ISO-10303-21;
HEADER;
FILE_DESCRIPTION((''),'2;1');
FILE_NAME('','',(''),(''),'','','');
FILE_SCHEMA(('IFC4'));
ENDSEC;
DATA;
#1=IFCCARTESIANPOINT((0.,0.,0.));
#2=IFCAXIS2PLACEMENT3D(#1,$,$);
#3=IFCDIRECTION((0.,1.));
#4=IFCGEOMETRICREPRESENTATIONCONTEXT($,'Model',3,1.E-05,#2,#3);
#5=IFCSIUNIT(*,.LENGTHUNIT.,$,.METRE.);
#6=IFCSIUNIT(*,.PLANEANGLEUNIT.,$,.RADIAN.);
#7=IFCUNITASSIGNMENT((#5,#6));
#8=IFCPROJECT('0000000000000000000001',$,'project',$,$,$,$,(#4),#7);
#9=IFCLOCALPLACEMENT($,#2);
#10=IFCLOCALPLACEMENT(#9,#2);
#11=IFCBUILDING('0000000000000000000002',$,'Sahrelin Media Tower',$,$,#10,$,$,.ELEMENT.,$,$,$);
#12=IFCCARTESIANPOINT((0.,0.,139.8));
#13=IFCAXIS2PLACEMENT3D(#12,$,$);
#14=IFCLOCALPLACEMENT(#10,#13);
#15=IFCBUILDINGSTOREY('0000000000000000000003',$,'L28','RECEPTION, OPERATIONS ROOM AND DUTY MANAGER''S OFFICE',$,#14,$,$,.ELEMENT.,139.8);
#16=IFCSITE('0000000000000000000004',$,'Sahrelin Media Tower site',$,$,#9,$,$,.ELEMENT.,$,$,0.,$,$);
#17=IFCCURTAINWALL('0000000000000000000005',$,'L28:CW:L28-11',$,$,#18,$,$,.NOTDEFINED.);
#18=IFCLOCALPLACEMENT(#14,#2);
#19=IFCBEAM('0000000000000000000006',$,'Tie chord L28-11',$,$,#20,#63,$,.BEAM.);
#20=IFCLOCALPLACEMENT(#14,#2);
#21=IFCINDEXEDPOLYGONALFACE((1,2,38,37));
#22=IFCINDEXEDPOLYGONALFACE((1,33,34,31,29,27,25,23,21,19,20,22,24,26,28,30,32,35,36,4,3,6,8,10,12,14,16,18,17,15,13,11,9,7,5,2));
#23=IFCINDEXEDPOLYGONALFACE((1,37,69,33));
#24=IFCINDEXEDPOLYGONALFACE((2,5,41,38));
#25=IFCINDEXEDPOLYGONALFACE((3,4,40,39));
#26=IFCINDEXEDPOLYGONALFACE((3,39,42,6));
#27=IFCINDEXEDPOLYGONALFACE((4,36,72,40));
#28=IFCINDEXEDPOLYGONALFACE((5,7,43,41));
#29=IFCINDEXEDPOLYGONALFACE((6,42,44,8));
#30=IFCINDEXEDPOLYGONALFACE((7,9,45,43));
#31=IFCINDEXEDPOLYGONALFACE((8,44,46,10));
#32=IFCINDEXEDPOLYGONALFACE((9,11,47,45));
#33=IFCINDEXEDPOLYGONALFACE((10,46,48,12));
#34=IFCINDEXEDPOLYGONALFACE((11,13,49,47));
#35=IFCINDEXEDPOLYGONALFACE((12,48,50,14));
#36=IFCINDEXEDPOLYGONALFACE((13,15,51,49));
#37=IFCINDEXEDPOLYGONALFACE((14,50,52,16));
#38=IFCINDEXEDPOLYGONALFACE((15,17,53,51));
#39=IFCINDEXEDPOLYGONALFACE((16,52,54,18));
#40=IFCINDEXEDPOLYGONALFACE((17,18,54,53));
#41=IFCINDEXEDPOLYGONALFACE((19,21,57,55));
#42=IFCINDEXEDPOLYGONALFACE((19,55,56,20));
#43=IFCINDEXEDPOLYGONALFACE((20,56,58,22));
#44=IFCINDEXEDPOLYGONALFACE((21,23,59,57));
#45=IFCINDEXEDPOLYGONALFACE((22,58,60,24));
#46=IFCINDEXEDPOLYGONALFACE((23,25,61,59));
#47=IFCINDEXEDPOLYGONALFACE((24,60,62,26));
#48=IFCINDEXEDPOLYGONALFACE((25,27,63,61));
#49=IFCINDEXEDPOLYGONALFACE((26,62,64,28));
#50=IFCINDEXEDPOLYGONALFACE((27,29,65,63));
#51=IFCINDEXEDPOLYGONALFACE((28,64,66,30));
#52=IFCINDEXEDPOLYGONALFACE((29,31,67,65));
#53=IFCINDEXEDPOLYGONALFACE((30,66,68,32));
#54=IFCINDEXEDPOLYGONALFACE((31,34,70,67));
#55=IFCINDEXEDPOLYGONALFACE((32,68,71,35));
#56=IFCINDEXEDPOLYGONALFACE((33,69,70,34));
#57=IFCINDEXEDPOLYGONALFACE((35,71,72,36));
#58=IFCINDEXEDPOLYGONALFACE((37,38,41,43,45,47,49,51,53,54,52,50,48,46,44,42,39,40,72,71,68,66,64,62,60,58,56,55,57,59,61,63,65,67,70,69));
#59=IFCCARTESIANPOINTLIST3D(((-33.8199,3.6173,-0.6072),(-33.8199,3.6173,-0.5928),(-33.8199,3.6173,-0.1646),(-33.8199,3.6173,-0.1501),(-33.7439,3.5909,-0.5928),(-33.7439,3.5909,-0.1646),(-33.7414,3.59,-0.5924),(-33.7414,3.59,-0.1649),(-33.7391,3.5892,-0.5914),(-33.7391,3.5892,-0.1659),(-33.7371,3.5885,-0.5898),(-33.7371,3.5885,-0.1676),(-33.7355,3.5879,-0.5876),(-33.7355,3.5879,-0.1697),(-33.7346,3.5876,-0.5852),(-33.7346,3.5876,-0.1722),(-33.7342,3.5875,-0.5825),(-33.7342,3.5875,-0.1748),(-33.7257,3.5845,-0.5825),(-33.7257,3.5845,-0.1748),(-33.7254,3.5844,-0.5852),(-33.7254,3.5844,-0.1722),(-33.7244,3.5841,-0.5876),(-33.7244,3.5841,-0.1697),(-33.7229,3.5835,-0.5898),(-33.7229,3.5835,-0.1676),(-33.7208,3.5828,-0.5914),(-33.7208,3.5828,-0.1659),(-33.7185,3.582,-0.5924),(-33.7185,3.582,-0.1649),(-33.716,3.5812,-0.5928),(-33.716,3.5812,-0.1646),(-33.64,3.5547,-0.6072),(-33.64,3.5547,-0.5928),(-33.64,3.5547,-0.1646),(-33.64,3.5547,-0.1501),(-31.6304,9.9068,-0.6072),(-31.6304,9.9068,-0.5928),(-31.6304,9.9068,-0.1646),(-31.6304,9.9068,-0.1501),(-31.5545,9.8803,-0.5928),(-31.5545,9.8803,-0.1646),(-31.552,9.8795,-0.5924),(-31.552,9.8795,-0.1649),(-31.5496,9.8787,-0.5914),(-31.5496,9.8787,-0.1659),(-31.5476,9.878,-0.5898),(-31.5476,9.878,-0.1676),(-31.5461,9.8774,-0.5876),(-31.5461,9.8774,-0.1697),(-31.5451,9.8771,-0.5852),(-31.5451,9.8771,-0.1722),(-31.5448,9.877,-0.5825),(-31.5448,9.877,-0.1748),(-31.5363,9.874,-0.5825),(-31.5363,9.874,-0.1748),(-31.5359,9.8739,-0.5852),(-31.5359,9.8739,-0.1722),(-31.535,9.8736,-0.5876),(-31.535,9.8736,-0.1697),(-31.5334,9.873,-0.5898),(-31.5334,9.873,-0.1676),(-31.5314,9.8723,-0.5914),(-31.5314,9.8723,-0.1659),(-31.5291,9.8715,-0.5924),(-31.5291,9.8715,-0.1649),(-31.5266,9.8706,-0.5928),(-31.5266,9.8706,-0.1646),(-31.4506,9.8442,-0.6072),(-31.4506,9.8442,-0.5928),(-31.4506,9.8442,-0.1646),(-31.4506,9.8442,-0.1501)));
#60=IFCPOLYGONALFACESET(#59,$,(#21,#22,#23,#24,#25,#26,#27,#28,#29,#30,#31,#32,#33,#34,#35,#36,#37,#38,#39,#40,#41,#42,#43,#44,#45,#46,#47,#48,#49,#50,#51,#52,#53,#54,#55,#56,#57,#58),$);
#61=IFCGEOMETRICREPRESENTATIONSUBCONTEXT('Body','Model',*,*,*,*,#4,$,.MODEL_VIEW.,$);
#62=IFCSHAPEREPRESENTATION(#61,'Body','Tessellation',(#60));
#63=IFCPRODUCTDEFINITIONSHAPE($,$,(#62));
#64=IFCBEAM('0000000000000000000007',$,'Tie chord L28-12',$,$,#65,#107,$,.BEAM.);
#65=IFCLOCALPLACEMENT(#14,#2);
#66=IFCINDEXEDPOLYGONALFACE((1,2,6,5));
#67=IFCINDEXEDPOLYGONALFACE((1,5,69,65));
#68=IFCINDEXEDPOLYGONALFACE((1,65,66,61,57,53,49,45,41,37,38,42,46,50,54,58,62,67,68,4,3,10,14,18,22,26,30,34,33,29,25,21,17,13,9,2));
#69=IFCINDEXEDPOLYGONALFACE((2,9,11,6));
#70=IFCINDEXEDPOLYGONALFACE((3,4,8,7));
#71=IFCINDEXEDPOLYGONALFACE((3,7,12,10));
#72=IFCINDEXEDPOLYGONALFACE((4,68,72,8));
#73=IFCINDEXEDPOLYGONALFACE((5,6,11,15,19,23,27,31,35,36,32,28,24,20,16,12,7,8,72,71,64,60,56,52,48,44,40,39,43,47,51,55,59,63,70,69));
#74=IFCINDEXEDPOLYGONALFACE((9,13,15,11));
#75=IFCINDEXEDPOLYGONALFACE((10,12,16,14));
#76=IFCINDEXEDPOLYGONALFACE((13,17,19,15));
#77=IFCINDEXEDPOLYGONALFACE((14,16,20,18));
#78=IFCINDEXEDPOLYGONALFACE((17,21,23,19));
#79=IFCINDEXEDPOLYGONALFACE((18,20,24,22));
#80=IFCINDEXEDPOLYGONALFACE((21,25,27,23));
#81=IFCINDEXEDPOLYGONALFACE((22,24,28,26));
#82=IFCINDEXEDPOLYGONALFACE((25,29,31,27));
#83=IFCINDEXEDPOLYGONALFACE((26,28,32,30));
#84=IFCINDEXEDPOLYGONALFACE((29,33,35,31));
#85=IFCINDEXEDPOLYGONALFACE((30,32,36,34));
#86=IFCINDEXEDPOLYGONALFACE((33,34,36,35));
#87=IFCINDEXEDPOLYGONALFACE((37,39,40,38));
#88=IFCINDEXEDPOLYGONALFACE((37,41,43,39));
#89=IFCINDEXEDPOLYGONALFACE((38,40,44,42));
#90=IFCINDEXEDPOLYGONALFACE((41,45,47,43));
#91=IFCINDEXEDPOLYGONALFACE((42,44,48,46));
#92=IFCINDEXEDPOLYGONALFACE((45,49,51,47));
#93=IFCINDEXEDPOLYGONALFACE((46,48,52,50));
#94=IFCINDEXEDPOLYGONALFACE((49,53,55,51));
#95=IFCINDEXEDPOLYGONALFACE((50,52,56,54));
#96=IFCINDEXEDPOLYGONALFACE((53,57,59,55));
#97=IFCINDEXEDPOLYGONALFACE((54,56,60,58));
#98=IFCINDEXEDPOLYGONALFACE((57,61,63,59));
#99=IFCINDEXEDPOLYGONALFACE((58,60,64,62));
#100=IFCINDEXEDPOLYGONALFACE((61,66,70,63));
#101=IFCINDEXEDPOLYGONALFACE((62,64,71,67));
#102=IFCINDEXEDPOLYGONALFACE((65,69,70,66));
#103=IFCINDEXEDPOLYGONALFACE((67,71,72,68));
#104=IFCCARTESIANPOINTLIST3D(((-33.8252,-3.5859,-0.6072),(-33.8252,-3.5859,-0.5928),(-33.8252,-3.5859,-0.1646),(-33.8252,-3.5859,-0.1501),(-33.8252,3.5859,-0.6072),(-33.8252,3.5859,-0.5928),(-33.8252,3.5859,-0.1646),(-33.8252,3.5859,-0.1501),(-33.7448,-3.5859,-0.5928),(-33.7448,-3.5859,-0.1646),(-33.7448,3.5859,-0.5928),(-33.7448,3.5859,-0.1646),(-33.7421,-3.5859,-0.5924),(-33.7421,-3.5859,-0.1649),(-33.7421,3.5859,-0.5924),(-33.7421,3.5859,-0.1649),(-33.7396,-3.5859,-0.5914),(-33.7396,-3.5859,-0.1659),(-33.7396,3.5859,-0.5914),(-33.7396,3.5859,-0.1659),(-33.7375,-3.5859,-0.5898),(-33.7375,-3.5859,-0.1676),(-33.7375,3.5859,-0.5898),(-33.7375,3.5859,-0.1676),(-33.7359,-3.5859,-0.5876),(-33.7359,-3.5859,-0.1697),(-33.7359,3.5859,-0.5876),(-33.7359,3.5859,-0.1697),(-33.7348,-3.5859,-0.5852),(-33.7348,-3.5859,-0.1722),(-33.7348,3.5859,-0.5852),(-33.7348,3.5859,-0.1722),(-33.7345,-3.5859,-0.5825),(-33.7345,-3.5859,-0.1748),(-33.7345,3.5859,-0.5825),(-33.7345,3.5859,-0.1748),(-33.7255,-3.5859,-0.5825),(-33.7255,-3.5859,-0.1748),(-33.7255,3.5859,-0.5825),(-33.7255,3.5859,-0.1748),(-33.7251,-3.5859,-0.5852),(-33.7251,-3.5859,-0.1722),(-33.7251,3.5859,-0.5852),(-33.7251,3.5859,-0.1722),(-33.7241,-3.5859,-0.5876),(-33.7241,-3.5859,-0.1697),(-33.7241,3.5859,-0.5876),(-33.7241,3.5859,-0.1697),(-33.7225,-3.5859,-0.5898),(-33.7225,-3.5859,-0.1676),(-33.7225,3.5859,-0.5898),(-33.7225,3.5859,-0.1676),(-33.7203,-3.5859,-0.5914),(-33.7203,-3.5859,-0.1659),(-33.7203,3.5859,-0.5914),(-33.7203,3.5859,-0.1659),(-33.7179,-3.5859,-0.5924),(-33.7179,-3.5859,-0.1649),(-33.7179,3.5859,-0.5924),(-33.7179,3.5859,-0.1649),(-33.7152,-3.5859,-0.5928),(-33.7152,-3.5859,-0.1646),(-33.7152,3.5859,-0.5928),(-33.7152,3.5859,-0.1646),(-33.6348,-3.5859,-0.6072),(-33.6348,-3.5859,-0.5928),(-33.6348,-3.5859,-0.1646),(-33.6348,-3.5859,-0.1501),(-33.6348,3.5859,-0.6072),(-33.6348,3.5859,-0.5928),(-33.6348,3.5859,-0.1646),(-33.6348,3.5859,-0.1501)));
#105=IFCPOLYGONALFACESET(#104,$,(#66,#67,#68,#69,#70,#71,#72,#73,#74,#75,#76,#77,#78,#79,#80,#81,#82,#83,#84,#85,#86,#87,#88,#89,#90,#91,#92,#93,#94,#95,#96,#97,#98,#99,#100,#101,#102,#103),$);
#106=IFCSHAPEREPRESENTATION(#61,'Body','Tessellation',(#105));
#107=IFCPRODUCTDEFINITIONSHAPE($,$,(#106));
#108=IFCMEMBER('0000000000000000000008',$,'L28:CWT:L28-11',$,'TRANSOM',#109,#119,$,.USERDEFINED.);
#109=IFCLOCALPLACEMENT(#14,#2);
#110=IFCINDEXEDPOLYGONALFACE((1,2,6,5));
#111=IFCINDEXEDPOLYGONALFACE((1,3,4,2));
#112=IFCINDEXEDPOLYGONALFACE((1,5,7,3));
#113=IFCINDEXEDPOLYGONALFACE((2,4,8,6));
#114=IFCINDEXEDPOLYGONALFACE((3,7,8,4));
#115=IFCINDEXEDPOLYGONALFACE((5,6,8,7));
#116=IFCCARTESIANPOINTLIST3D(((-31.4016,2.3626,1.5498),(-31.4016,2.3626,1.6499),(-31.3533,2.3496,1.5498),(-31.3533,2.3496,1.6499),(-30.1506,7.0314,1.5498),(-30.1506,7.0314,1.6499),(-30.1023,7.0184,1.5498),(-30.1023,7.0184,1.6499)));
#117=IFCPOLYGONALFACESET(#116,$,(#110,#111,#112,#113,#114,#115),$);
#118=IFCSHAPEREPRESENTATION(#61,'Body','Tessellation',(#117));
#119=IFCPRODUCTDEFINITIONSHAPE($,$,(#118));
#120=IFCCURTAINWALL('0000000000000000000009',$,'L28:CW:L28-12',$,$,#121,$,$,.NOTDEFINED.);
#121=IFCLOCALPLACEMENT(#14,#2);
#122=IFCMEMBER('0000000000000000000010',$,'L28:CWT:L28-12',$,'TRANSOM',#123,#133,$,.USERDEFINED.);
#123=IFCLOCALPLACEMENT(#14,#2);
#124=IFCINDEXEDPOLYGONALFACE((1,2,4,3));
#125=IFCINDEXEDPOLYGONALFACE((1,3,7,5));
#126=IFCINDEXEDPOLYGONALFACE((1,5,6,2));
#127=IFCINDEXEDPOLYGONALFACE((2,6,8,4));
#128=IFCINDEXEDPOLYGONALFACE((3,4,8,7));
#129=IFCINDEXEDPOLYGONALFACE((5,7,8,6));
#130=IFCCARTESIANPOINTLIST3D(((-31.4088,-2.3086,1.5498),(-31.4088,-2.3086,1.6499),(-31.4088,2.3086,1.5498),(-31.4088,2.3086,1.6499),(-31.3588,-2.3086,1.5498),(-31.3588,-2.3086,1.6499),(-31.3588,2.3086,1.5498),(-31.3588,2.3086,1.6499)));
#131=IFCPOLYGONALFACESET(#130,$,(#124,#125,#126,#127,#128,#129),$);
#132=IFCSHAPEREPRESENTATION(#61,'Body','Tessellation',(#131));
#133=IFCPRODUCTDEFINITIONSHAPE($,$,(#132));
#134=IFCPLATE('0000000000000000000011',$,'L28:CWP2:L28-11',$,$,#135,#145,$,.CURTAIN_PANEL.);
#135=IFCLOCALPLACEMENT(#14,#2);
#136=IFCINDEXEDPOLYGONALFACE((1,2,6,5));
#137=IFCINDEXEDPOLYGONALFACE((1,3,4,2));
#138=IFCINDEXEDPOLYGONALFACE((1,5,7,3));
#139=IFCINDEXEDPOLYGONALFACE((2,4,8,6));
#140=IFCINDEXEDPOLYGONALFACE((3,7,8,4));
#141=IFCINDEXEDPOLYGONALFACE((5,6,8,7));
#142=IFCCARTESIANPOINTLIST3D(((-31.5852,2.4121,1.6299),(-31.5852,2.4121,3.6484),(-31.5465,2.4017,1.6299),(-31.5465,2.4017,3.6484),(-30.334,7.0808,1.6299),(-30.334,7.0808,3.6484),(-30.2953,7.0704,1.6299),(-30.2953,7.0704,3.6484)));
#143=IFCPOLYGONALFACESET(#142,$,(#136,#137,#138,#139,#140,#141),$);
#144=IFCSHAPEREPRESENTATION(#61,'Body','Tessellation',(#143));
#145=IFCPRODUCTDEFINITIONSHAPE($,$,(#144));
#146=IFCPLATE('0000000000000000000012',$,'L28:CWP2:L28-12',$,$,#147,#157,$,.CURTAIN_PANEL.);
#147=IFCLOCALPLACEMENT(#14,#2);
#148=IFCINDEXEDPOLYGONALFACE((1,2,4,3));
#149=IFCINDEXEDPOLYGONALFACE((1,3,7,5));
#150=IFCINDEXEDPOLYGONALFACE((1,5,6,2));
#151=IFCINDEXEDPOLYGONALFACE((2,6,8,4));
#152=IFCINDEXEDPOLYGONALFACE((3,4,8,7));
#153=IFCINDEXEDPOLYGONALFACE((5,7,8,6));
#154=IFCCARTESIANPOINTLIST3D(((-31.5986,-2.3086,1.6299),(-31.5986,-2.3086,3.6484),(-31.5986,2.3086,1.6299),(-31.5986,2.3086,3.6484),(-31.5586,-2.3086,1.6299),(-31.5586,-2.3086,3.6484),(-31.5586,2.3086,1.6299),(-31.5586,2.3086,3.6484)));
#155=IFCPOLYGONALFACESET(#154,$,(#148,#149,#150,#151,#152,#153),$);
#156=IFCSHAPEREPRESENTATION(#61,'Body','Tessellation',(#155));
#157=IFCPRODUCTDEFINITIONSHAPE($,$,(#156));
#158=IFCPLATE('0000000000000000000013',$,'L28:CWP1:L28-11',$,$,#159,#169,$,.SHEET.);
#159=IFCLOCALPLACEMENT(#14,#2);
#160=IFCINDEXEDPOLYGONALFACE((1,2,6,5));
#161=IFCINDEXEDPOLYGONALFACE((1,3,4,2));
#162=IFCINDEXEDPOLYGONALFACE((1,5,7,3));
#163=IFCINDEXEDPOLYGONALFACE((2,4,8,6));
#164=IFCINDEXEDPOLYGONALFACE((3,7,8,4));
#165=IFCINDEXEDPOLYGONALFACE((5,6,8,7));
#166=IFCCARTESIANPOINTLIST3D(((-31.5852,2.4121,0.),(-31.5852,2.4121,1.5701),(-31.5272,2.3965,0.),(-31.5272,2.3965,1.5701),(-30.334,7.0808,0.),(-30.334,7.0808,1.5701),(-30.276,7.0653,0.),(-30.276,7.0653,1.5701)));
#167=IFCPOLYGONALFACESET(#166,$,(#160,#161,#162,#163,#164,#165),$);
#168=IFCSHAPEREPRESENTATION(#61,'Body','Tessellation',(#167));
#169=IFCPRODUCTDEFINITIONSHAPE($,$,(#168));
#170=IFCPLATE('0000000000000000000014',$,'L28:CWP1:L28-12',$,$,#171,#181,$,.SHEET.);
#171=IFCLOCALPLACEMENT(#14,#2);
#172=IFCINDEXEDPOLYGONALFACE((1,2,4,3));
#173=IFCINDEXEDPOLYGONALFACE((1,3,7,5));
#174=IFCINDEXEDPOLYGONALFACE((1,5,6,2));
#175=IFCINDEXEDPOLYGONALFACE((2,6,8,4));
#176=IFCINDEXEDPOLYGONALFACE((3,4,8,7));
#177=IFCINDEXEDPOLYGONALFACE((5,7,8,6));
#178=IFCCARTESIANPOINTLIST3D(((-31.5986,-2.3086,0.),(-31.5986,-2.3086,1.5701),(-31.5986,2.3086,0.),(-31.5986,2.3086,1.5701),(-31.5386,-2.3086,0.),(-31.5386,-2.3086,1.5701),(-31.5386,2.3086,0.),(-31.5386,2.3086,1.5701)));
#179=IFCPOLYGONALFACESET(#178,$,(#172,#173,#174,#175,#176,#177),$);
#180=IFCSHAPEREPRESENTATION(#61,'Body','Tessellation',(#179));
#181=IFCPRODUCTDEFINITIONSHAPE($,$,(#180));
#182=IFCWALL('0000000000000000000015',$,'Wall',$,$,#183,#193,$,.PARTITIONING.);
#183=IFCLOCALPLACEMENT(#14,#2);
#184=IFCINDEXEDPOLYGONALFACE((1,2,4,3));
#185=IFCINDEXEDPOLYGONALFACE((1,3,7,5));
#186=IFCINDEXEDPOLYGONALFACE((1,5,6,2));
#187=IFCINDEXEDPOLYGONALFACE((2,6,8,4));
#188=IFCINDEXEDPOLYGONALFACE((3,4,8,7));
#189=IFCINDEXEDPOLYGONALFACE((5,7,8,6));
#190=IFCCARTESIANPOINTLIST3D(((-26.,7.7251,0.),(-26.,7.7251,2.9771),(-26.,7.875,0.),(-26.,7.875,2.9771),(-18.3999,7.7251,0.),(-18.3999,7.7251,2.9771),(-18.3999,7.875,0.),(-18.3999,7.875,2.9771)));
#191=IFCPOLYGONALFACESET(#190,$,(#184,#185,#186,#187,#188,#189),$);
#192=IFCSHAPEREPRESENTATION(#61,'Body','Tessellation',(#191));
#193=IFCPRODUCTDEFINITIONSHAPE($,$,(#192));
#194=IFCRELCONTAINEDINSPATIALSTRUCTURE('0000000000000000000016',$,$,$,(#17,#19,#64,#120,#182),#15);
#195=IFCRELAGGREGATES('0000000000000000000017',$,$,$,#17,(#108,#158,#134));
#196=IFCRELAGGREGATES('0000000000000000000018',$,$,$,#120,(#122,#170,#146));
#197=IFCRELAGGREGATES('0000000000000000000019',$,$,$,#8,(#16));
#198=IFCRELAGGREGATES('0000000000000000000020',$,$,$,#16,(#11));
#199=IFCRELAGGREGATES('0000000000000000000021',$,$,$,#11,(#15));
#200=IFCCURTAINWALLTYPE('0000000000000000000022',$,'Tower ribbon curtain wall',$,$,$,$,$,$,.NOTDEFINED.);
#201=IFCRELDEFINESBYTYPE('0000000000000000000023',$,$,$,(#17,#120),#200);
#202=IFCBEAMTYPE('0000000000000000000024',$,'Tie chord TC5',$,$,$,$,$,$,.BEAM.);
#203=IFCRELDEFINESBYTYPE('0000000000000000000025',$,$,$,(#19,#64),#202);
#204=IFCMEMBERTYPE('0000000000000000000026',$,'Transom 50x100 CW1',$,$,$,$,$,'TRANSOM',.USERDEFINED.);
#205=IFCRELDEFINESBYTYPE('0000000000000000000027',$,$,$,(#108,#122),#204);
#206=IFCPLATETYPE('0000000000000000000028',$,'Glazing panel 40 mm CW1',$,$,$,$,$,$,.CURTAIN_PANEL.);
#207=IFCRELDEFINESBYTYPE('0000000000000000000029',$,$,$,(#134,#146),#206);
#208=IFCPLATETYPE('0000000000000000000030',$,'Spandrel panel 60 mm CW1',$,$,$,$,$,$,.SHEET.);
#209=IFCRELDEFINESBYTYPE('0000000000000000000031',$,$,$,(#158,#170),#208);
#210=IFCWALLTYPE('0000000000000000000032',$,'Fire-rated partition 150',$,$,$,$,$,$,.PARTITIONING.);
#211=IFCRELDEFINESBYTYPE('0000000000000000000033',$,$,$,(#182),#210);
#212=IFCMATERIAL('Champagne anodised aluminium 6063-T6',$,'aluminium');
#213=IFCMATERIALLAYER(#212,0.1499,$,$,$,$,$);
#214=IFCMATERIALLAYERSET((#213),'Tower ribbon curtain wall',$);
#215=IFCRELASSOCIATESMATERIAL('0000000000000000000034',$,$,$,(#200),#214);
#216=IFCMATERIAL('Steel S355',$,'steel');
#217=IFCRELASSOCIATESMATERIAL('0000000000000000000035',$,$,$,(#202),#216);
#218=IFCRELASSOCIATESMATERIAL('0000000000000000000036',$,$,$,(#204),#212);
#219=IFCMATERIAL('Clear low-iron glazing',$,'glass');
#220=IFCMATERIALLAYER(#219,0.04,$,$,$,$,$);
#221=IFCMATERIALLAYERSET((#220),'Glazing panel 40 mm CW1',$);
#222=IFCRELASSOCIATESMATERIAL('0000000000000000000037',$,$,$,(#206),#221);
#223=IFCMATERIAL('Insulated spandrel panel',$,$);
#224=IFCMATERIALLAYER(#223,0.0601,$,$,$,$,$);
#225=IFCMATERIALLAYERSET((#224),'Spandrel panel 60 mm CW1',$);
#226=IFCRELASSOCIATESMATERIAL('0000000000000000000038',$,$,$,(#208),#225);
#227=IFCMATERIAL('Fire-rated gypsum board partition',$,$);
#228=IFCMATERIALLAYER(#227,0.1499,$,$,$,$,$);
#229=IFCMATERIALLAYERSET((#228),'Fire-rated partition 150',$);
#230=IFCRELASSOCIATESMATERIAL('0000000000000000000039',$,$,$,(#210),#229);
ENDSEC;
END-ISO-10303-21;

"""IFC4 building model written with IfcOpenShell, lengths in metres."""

from ifc_helpers import new_model, si_unit, direction, frame, frame_2d, origin, origin_2d, place, context, subcontext, project, spatial, polyline, rectangle, i_section, outline, extrude, material, layer, layer_set, material_profile, profile_set, type_object, element, aggregate, save


model = new_model("IFC4")

# Units and contexts
model_context = context("Model", 3, precision=1e-05, world=origin(), true_north=direction((0.0, 1.0)))
body_context = subcontext(model_context, "Body", "Model", "MODEL_VIEW")
ifc_project = project(units=[si_unit("LENGTHUNIT", "METRE"), si_unit("PLANEANGLEUNIT", "RADIAN")], contexts=[model_context])

# Site, building, storey
site_placement = place(None, origin())
site = spatial("IfcSite", under=ifc_project, at=site_placement, Name="Sahrelin Media Tower site", CompositionType="ELEMENT", RefElevation=0.0)
building_placement = place(site_placement, origin())
building = spatial("IfcBuilding", under=site, at=building_placement, Name="Sahrelin Media Tower", CompositionType="ELEMENT")
storey_placement = place(building_placement, frame((0.0, 0.0, 139.8)))
storey = spatial("IfcBuildingStorey", under=building, at=storey_placement, Name="L28", Description="RECEPTION, OPERATIONS ROOM AND DUTY MANAGER'S OFFICE", CompositionType="ELEMENT", Elevation=139.8)

# Shared definitions
ifc_material_1 = material(Name="Steel S355", Category="steel")

# Curtain wall
ifc_material_2 = material(Name="Champagne anodised aluminium 6063-T6", Category="aluminium")
ifc_layer_1 = layer(ifc_material_2, 0.1499)
ifc_layer_set_1 = layer_set([ifc_layer_1], Name="Tower ribbon curtain wall")
curtain_wall_type = type_object("IfcCurtainWallType", Name="Tower ribbon curtain wall", PredefinedType="NOTDEFINED", material=ifc_layer_set_1)
curtain_wall_1_placement = place(storey_placement, frame((-30.9402, 4.7412, 0.0), z_axis=(0.0, 0.0, 1.0), x_axis=(1.0, 0.0, 0.0)))
curtain_wall_1 = element("IfcCurtainWall", 1, at=curtain_wall_1_placement, inside=storey, type_object=curtain_wall_type, Name="L28:CW:L28-11", PredefinedType="NOTDEFINED")

# Beams
ifc_material_profile_1 = material_profile(ifc_material_1, i_section(OverallWidth=0.1904, OverallDepth=0.457, WebThickness=0.009, FlangeThickness=0.0144, FilletRadius=0.0103, at=origin_2d()), Name="UB 457x191x74")
ifc_profile_set_1 = profile_set([ifc_material_profile_1], Name="Steel S355")
beam_type_1 = type_object("IfcBeamType", Name="Tie chord TC5", PredefinedType="BEAM", material=ifc_profile_set_1)
beam_1_placement = place(storey_placement, frame((-31.5405, 9.8755, -0.3787), z_axis=(-0.328759, -0.944414, 0.0), x_axis=(0.944414, -0.328759, 0.0)))
element("IfcBeam", 2, at=beam_1_placement, inside=storey, type_object=beam_type_1, Name="Tie chord L28-11", PredefinedType="BEAM", context=body_context, shape_type="SweptSolid", body=[
    extrude(i_section(OverallWidth=0.1904, OverallDepth=0.457, WebThickness=0.009, FlangeThickness=0.0144, FilletRadius=0.0103, at=origin_2d()), origin(), (0.0, 0.0, 1.0), 6.6597),
])
beam_2_placement = place(storey_placement, frame((-33.73, 3.5859, -0.3787), z_axis=(0.0, -1.0, 0.0), x_axis=(1.0, 0.0, 0.0)))
element("IfcBeam", 3, at=beam_2_placement, inside=storey, type_object=beam_type_1, Name="Tie chord L28-12", PredefinedType="BEAM", context=body_context, shape_type="SweptSolid", body=[
    extrude(i_section(OverallWidth=0.1904, OverallDepth=0.457, WebThickness=0.009, FlangeThickness=0.0144, FilletRadius=0.0103, at=origin_2d()), origin(), (0.0, 0.0, 1.0), 7.1719),
])

# Member
ifc_material_profile_2 = material_profile(ifc_material_2, rectangle(XDim=0.05, YDim=0.1001, at=origin_2d()), Name="Transom 50x100")
ifc_profile_set_2 = profile_set([ifc_material_profile_2], Name="Champagne anodised aluminium 6063-T6")
member_type_1 = type_object("IfcMemberType", Name="Transom 50x100 CW1", ElementType="TRANSOM", PredefinedType="USERDEFINED", material=ifc_profile_set_2)
member_1_placement = place(storey_placement, frame((-30.1265, 7.0249, 1.5999), z_axis=(-0.258819, -0.965926, 0.0), x_axis=(0.965926, -0.258819, 0.0)))
member_1 = element("IfcMember", 4, at=member_1_placement, type_object=member_type_1, Name="L28:CWT:L28-11", ObjectType="TRANSOM", PredefinedType="USERDEFINED", context=body_context, shape_type="SweptSolid", body=[
    extrude(rectangle(XDim=0.05, YDim=0.1001, at=origin_2d()), origin(), (0.0, 0.0, 1.0), 4.8335),
])

# Curtain wall, member
curtain_wall_2_placement = place(storey_placement, frame((-31.5786, 0.0, 0.0), z_axis=(0.0, 0.0, 1.0), x_axis=(1.0, 0.0, 0.0)))
curtain_wall_2 = element("IfcCurtainWall", 5, at=curtain_wall_2_placement, inside=storey, type_object=curtain_wall_type, Name="L28:CW:L28-12", PredefinedType="NOTDEFINED")
member_2_placement = place(storey_placement, frame((-31.3838, 2.3086, 1.5999), z_axis=(0.0, -1.0, 0.0), x_axis=(1.0, 0.0, 0.0)))
member_2 = element("IfcMember", 6, at=member_2_placement, type_object=member_type_1, Name="L28:CWT:L28-12", ObjectType="TRANSOM", PredefinedType="USERDEFINED", context=body_context, shape_type="SweptSolid", body=[
    extrude(rectangle(XDim=0.05, YDim=0.1001, at=origin_2d()), origin(), (0.0, 0.0, 1.0), 4.6172),
])

# Plates
ifc_material_3 = material(Name="Clear low-iron glazing", Category="glass")
ifc_layer_2 = layer(ifc_material_3, 0.04)
ifc_layer_set_2 = layer_set([ifc_layer_2], Name="Glazing panel 40 mm CW1")
plate_type_1 = type_object("IfcPlateType", Name="Glazing panel 40 mm CW1", PredefinedType="CURTAIN_PANEL", material=ifc_layer_set_2)
plate_1_placement = place(storey_placement, frame((-30.334, 7.0808, 1.6299), z_axis=(-0.965913, 0.258867, 0.0), x_axis=(-0.258867, -0.965913, 0.0)))
plate_1 = element("IfcPlate", 7, at=plate_1_placement, type_object=plate_type_1, Name="L28:CWP2:L28-11", PredefinedType="CURTAIN_PANEL", context=body_context, shape_type="SweptSolid", body=[
    extrude(outline(polyline([(0.0, 0.0), (4.8335, 0.0), (4.8335, 2.0186), (0.0, 2.0186), (0.0, 0.0)])), origin(), (0.0, 0.0, -1.0), 0.04),
])
plate_2_placement = place(storey_placement, frame((-31.5986, 2.3086, 1.6299), z_axis=(-1.0, 0.0, 0.0), x_axis=(0.0, -1.0, 0.0)))
plate_2 = element("IfcPlate", 8, at=plate_2_placement, type_object=plate_type_1, Name="L28:CWP2:L28-12", PredefinedType="CURTAIN_PANEL", context=body_context, shape_type="SweptSolid", body=[
    extrude(outline(polyline([(0.0, 0.0), (4.6172, 0.0), (4.6172, 2.0186), (0.0, 2.0186), (0.0, 0.0)])), origin(), (0.0, 0.0, -1.0), 0.04),
])
ifc_material_4 = material(Name="Insulated spandrel panel")
ifc_layer_3 = layer(ifc_material_4, 0.0601)
ifc_layer_set_3 = layer_set([ifc_layer_3], Name="Spandrel panel 60 mm CW1")
plate_type_2 = type_object("IfcPlateType", Name="Spandrel panel 60 mm CW1", PredefinedType="SHEET", material=ifc_layer_set_3)
plate_3_placement = place(storey_placement, frame((-30.334, 7.0808, 0.0), z_axis=(-0.965913, 0.258867, 0.0), x_axis=(-0.258867, -0.965913, 0.0)))
plate_3 = element("IfcPlate", 9, at=plate_3_placement, type_object=plate_type_2, Name="L28:CWP1:L28-11", PredefinedType="SHEET", context=body_context, shape_type="SweptSolid", body=[
    extrude(outline(polyline([(0.0, 0.0), (4.8335, 0.0), (4.8335, 1.5701), (0.0, 1.5701), (0.0, 0.0)])), origin(), (0.0, 0.0, -1.0), 0.0601),
])
aggregate(curtain_wall_1, [member_1, plate_3, plate_1])
plate_4_placement = place(storey_placement, frame((-31.5986, 2.3086, 0.0), z_axis=(-1.0, 0.0, 0.0), x_axis=(0.0, -1.0, 0.0)))
plate_4 = element("IfcPlate", 10, at=plate_4_placement, type_object=plate_type_2, Name="L28:CWP1:L28-12", PredefinedType="SHEET", context=body_context, shape_type="SweptSolid", body=[
    extrude(outline(polyline([(0.0, 0.0), (4.6172, 0.0), (4.6172, 1.5701), (0.0, 1.5701), (0.0, 0.0)])), origin(), (0.0, 0.0, -1.0), 0.0601),
])
aggregate(curtain_wall_2, [member_2, plate_4, plate_2])

# Wall
ifc_material_5 = material(Name="Fire-rated gypsum board partition")
ifc_layer_4 = layer(ifc_material_5, 0.1499)
ifc_layer_set_4 = layer_set([ifc_layer_4], Name="Fire-rated partition 150")
wall_type_1 = type_object("IfcWallType", Name="Fire-rated partition 150", PredefinedType="PARTITIONING", material=ifc_layer_set_4)
wall_1_placement = place(storey_placement, frame((-26.0, 7.8, 0.0), z_axis=(0.0, 0.0, 1.0), x_axis=(1.0, 0.0, 0.0)))
element("IfcWall", 11, at=wall_1_placement, inside=storey, type_object=wall_type_1, Name="Wall", PredefinedType="PARTITIONING", context=body_context, shape_type="SweptSolid", body=[
    extrude(rectangle(XDim=7.6001, YDim=0.1499, at=frame_2d((3.8, 0.0))), origin(), (0.0, 0.0, 1.0), 2.9771),
])

save(model, "model.ifc")
